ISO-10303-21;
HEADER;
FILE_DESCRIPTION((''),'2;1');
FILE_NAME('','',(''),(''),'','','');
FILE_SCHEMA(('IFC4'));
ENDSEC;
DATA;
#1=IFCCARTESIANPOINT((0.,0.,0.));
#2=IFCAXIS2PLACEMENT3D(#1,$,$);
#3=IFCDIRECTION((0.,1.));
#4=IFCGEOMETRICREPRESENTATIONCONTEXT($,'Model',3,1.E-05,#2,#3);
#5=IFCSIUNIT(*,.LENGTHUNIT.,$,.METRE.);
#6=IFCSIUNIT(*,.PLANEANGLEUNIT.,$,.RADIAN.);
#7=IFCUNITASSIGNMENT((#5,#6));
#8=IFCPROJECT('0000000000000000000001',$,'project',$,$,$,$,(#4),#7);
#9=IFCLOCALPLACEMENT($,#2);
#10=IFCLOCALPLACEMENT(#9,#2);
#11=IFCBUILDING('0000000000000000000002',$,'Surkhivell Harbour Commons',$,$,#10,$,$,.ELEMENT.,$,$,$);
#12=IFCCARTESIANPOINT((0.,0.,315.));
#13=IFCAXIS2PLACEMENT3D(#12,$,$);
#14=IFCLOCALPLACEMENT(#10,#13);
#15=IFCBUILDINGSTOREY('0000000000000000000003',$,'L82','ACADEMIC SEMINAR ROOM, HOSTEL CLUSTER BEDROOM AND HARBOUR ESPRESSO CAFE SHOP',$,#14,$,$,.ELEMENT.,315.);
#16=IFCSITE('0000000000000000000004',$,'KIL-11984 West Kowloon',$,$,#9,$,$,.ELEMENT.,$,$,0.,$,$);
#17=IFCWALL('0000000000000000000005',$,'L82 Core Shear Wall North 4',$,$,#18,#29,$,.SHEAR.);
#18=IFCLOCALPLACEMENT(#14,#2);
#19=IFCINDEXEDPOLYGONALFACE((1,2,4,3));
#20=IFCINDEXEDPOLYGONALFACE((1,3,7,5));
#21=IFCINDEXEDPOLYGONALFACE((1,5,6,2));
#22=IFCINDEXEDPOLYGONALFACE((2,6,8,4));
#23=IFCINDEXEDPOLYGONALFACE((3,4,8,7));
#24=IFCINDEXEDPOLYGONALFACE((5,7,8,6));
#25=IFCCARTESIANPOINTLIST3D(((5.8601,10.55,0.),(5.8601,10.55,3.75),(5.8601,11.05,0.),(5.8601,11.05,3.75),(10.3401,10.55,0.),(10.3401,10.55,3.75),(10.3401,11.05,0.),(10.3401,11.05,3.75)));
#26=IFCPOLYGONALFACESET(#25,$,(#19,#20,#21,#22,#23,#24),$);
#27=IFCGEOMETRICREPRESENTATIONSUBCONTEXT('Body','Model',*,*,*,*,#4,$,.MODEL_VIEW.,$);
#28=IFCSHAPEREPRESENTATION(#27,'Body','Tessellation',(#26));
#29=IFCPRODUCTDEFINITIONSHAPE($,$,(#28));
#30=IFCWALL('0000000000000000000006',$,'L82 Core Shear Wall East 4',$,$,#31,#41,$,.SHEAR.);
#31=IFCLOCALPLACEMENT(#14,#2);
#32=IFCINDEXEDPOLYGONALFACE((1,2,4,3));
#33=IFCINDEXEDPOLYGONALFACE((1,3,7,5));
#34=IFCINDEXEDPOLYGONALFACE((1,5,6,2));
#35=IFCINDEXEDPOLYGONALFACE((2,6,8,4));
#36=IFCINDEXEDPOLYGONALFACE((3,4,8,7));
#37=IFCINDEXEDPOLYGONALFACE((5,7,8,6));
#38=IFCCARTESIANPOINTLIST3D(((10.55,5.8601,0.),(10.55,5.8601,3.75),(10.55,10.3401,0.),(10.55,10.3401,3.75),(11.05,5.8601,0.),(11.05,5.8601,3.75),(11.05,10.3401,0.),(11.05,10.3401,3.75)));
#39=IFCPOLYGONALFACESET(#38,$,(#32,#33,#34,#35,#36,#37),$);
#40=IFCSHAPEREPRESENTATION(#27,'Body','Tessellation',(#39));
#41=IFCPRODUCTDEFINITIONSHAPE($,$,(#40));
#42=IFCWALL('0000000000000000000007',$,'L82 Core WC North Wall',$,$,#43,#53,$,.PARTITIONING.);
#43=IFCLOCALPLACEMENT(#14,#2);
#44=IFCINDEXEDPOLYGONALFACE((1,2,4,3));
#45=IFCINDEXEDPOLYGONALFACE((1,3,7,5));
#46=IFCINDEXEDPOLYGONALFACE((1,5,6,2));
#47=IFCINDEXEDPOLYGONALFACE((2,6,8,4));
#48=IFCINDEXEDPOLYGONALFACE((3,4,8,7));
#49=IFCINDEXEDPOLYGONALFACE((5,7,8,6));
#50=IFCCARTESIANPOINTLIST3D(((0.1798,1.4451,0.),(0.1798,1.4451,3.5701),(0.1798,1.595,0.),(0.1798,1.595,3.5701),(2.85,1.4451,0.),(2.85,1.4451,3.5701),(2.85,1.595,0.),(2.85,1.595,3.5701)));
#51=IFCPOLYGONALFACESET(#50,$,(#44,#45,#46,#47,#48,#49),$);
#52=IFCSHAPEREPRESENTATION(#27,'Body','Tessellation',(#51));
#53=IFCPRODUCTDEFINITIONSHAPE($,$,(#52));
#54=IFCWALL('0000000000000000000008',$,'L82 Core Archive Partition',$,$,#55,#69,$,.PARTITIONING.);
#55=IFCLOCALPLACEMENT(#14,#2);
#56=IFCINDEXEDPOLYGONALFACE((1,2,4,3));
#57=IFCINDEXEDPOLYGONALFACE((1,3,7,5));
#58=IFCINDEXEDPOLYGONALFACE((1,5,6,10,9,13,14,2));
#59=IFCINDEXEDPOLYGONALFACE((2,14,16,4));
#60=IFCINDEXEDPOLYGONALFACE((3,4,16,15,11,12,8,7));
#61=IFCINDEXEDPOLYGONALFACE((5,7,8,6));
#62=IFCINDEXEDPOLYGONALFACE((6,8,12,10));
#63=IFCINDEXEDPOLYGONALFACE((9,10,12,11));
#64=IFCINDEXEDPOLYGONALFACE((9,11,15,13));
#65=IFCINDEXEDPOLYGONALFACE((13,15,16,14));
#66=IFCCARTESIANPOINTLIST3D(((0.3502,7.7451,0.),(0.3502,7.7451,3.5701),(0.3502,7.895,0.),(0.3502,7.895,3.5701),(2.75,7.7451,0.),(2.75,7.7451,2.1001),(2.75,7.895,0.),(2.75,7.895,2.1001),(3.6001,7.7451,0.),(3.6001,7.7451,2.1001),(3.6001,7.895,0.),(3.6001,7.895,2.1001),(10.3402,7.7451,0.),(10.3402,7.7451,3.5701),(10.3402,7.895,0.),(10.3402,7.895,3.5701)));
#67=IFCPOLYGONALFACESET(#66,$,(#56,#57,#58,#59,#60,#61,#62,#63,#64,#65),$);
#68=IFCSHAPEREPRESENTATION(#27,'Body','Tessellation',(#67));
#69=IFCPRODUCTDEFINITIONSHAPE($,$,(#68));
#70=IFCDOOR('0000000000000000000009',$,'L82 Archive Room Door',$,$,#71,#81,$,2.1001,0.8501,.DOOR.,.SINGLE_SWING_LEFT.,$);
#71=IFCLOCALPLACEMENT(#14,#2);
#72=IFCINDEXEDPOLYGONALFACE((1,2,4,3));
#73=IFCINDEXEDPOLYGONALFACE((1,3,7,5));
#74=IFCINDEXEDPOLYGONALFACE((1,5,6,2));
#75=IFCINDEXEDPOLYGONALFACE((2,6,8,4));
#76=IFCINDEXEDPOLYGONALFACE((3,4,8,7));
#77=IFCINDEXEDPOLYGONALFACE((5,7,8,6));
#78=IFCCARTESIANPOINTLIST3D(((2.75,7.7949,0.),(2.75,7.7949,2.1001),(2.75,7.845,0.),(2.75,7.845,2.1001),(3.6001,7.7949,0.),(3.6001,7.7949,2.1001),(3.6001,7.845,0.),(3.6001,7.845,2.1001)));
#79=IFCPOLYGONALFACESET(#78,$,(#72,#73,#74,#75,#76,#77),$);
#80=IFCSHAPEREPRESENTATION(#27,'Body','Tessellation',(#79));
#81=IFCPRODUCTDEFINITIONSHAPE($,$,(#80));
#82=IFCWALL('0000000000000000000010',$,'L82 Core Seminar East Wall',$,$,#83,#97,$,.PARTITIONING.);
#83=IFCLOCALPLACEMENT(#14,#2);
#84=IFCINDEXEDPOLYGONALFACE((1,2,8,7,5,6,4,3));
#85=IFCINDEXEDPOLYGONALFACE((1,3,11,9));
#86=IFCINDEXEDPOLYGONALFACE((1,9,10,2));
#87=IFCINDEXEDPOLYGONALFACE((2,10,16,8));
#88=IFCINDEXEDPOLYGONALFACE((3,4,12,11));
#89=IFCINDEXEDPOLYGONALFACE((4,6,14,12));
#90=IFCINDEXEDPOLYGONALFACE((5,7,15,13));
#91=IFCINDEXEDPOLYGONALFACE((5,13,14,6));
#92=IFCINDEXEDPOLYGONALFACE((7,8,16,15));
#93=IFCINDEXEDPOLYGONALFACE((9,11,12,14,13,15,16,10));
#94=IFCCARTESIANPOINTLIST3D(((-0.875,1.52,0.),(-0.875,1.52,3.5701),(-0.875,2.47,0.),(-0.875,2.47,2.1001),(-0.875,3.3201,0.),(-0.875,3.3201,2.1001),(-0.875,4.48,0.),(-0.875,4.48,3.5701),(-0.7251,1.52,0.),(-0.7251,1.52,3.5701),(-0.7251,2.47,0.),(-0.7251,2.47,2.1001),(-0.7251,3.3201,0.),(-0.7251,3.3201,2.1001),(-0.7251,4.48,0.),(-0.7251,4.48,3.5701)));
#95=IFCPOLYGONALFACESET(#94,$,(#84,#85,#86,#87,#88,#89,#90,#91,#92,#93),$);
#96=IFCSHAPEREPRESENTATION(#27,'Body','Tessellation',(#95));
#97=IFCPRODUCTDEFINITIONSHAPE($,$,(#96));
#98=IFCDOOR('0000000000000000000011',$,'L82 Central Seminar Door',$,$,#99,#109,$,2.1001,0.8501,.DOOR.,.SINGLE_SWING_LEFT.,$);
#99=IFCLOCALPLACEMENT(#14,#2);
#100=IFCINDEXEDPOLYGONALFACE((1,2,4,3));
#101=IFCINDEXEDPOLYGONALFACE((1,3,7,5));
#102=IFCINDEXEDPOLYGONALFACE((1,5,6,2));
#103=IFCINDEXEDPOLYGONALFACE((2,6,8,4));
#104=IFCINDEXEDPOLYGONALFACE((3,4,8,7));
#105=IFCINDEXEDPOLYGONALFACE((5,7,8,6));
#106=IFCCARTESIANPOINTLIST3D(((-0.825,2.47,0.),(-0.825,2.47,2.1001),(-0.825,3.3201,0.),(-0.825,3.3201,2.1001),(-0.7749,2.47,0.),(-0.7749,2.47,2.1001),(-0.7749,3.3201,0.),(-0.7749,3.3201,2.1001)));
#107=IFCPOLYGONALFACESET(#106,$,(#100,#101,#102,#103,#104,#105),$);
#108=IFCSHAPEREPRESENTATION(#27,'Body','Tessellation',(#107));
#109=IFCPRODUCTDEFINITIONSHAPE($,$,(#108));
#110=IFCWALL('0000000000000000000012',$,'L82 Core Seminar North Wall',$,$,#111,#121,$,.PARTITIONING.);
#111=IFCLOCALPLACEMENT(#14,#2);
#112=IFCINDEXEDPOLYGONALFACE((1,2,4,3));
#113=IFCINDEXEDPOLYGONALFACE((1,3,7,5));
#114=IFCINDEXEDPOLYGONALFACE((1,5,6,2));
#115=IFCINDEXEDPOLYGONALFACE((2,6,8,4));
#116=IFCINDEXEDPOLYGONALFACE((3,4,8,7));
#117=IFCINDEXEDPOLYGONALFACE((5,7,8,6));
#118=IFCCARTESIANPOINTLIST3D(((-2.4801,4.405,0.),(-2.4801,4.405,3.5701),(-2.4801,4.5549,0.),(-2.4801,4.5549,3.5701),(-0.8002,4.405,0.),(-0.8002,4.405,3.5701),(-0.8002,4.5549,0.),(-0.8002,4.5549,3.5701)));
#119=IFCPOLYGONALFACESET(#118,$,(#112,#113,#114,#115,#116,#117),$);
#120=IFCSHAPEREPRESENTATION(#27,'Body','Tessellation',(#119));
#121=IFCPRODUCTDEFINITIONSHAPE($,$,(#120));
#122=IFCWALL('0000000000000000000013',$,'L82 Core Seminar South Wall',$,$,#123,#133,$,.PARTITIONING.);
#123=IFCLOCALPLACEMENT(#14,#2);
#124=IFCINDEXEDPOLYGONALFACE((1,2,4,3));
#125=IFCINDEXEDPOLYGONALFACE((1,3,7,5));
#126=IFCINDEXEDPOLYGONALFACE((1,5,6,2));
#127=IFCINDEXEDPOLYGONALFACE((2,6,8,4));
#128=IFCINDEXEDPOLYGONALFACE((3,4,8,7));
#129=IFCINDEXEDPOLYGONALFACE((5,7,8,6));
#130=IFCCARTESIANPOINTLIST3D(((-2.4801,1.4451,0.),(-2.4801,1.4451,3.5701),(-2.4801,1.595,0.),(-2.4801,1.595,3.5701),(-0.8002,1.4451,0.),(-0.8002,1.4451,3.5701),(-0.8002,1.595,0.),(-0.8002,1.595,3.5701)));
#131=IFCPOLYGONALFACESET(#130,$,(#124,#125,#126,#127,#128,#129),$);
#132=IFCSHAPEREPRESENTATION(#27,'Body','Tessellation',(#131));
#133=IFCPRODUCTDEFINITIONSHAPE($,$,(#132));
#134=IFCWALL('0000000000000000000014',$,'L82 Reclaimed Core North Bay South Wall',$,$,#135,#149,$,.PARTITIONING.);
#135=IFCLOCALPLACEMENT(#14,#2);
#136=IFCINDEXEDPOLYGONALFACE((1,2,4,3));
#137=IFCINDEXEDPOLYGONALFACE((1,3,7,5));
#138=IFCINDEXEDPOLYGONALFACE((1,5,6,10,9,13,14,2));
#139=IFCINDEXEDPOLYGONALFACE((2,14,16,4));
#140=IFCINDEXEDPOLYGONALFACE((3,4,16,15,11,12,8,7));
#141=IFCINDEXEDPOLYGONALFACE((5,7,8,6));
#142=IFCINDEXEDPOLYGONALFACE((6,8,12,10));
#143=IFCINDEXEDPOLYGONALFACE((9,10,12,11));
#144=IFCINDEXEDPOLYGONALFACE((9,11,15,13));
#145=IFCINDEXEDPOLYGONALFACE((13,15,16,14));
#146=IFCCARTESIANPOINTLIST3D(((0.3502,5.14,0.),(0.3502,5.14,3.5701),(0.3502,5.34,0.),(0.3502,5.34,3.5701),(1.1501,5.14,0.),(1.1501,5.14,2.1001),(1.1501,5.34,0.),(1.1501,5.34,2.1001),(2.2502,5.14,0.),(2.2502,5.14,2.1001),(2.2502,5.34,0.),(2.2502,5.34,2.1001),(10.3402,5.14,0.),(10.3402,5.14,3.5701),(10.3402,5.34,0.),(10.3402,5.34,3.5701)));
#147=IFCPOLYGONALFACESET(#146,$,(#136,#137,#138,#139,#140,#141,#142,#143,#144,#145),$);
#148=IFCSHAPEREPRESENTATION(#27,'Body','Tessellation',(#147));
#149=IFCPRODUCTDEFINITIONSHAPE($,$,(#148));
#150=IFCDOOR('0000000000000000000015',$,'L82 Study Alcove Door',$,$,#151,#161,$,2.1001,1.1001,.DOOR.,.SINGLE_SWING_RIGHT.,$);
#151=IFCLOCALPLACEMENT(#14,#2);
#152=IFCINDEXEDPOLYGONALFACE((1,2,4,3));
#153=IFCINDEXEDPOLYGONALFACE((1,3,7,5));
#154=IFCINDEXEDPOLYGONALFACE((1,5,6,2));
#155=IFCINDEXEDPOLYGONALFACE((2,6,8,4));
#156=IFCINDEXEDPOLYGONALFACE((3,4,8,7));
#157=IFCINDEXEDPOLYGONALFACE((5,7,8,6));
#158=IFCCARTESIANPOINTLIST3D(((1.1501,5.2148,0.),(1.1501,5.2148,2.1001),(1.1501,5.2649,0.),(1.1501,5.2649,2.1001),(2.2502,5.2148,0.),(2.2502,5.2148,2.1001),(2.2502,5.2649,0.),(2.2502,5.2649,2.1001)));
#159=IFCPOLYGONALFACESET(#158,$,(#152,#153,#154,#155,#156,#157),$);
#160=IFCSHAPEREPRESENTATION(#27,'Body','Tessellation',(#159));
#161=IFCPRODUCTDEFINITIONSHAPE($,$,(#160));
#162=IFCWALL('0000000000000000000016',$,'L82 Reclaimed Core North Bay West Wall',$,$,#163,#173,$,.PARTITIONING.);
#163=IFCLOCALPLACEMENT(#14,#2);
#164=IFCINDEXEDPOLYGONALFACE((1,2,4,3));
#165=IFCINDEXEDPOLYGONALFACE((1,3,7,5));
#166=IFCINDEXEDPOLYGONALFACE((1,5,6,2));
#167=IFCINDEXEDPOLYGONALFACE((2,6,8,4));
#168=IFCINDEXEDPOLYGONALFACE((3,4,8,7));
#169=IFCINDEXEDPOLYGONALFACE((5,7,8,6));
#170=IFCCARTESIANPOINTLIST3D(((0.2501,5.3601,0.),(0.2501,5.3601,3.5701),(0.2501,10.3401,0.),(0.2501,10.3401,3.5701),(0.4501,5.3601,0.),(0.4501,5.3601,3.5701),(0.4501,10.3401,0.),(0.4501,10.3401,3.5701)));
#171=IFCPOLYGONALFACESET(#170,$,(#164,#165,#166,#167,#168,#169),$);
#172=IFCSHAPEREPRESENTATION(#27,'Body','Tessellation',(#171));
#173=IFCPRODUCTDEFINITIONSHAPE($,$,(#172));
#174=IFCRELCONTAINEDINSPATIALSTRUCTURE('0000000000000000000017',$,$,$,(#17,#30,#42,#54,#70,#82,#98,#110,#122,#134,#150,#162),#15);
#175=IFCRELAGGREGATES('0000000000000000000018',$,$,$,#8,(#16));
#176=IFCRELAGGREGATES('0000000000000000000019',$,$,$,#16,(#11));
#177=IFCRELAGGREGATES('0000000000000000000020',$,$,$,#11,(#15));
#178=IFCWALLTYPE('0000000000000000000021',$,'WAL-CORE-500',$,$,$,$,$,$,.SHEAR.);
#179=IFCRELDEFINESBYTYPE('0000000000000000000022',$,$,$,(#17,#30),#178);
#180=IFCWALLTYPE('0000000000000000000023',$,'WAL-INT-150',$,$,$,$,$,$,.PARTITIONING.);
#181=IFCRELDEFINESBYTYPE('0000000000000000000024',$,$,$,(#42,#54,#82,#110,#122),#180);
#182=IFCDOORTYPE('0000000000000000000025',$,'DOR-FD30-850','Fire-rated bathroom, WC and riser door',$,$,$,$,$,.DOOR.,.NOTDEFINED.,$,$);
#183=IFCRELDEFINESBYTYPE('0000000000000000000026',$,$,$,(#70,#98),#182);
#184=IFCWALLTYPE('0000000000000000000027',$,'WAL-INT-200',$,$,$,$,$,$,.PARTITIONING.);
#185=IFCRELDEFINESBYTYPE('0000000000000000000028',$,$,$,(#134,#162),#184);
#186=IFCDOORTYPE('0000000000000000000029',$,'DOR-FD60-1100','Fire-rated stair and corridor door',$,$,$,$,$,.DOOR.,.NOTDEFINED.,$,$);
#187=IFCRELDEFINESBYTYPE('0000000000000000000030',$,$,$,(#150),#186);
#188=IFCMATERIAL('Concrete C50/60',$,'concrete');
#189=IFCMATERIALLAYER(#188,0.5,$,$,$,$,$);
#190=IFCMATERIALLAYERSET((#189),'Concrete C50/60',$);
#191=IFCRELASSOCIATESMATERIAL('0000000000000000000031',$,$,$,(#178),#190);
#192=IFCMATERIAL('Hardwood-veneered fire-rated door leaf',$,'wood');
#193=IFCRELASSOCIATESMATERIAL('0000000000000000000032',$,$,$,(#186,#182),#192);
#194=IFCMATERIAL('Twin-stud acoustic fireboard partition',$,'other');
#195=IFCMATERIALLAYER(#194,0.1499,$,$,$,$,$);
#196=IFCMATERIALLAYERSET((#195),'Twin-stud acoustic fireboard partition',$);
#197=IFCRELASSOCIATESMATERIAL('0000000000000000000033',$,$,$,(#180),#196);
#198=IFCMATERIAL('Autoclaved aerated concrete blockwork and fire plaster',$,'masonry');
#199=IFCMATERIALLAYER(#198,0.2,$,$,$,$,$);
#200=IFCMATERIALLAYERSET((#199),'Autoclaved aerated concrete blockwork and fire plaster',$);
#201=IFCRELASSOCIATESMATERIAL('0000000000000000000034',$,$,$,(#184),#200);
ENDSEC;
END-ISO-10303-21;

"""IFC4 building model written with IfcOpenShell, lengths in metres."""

from ifc_helpers import new_model, si_unit, direction, frame, frame_2d, origin, place, context, subcontext, project, spatial, rectangle, extrude, material, layer, layer_set, type_object, element, fill, save


model = new_model("IFC4")

# Units and contexts
model_context = context("Model", 3, precision=1e-05, world=origin(), true_north=direction((0.0, 1.0)))
body_context = subcontext(model_context, "Body", "Model", "MODEL_VIEW")
ifc_project = project(units=[si_unit("LENGTHUNIT", "METRE"), si_unit("PLANEANGLEUNIT", "RADIAN")], contexts=[model_context])

# Site, building, storey
site_placement = place(None, origin())
site = spatial("IfcSite", under=ifc_project, at=site_placement, Name="KIL-11984 West Kowloon", CompositionType="ELEMENT", RefElevation=0.0)
building_placement = place(site_placement, origin())
building = spatial("IfcBuilding", under=site, at=building_placement, Name="Surkhivell Harbour Commons", CompositionType="ELEMENT")
storey_placement = place(building_placement, frame((0.0, 0.0, 315.0)))
storey = spatial("IfcBuildingStorey", under=building, at=storey_placement, Name="L82", Description="ACADEMIC SEMINAR ROOM, HOSTEL CLUSTER BEDROOM AND HARBOUR ESPRESSO CAFE SHOP", CompositionType="ELEMENT", Elevation=315.0)

# Shared definitions
ifc_material_1 = material(Name="Concrete C50/60", Category="concrete")
ifc_layer_1 = layer(ifc_material_1, 0.5)
ifc_layer_set_1 = layer_set([ifc_layer_1], Name="Concrete C50/60")
wall_type_1 = type_object("IfcWallType", Name="WAL-CORE-500", PredefinedType="SHEAR", material=ifc_layer_set_1)
ifc_material_2 = material(Name="Hardwood-veneered fire-rated door leaf", Category="wood")
door_type_1 = type_object("IfcDoorType", Name="DOR-FD60-1100", Description="Fire-rated stair and corridor door", OperationType="NOTDEFINED", PredefinedType="DOOR", material=ifc_material_2)

# Walls
for number, where, z_axis, x_axis, name in (
    (1, (5.8601, 10.8, 0.0), (0.0, 0.0, 1.0), (1.0, 0.0, 0.0), "L82 Core Shear Wall North 4"),
    (2, (10.8, 5.8601, 0.0), (0.0, 0.0, 1.0), (0.0, 1.0, 0.0), "L82 Core Shear Wall East 4"),
):
    element("IfcWall", number, at=place(storey_placement, frame(where, z_axis=z_axis, x_axis=x_axis)), inside=storey, type_object=wall_type_1, Name=name, PredefinedType="SHEAR", context=body_context, shape_type="SweptSolid", body=[
        extrude(rectangle(XDim=4.48, YDim=0.5, at=frame_2d((2.24, 0.0))), origin(), (0.0, 0.0, 1.0), 3.75),
    ])
ifc_material_3 = material(Name="Twin-stud acoustic fireboard partition", Category="other")
ifc_layer_2 = layer(ifc_material_3, 0.1499)
ifc_layer_set_2 = layer_set([ifc_layer_2], Name="Twin-stud acoustic fireboard partition")
wall_type_2 = type_object("IfcWallType", Name="WAL-INT-150", PredefinedType="PARTITIONING", material=ifc_layer_set_2)
wall_1_placement = place(storey_placement, frame((0.1799, 1.52, 0.0), z_axis=(0.0, 0.0, 1.0), x_axis=(1.0, 0.0, 0.0)))
element("IfcWall", 3, at=wall_1_placement, inside=storey, type_object=wall_type_2, Name="L82 Core WC North Wall", PredefinedType="PARTITIONING", context=body_context, shape_type="SweptSolid", body=[
    extrude(rectangle(XDim=2.6702, YDim=0.1499, at=frame_2d((1.335, 0.0))), origin(), (0.0, 0.0, 1.0), 3.5701),
])

# Walls, openings, doors
wall_2_placement = place(storey_placement, frame((0.3501, 7.8201, 0.0), z_axis=(0.0, 0.0, 1.0), x_axis=(1.0, 0.0, 0.0)))
wall_2 = element("IfcWall", 4, at=wall_2_placement, inside=storey, type_object=wall_type_2, Name="L82 Core Archive Partition", PredefinedType="PARTITIONING", context=body_context, shape_type="SweptSolid", body=[
    extrude(rectangle(XDim=9.99, YDim=0.1499, at=frame_2d((4.9951, 0.0))), origin(), (0.0, 0.0, 1.0), 3.5701),
])
opening_1_placement = place(wall_2_placement, frame((2.3999, 0.0, 0.0)))
opening_1 = element("IfcOpeningElement", 5, at=opening_1_placement, cuts=wall_2, PredefinedType="OPENING", context=body_context, shape_type="SweptSolid", body=[
    extrude(rectangle(XDim=0.8501, YDim=2.1001, at=frame_2d((0.425, 1.05))), frame((0.0, 0.085, 0.0), z_axis=(0.0, -1.0, 0.0), x_axis=(1.0, 0.0, 0.0)), (0.0, 0.0, 1.0), 0.1699),
])
door_type_2 = type_object("IfcDoorType", Name="DOR-FD30-850", Description="Fire-rated bathroom, WC and riser door", OperationType="NOTDEFINED", PredefinedType="DOOR", material=ifc_material_2)
door_1_placement = place(opening_1_placement, origin())
door_1 = element("IfcDoor", 6, at=door_1_placement, inside=storey, type_object=door_type_2, Name="L82 Archive Room Door", OperationType="SINGLE_SWING_LEFT", OverallHeight=2.1001, OverallWidth=0.8501, PredefinedType="DOOR", context=body_context, shape_type="SweptSolid", body=[
    extrude(rectangle(XDim=0.8501, YDim=2.1001, at=frame_2d((0.425, 1.05))), frame((0.0, 0.0249, 0.0), z_axis=(0.0, -1.0, 0.0), x_axis=(1.0, 0.0, 0.0)), (0.0, 0.0, 1.0), 0.05),
])
fill(opening_1, door_1)
wall_3_placement = place(storey_placement, frame((-0.8, 1.52, 0.0), z_axis=(0.0, 0.0, 1.0), x_axis=(0.0, 1.0, 0.0)))
wall_3 = element("IfcWall", 7, at=wall_3_placement, inside=storey, type_object=wall_type_2, Name="L82 Core Seminar East Wall", PredefinedType="PARTITIONING", context=body_context, shape_type="SweptSolid", body=[
    extrude(rectangle(XDim=2.96, YDim=0.1499, at=frame_2d((1.48, 0.0))), origin(), (0.0, 0.0, 1.0), 3.5701),
])
opening_2_placement = place(wall_3_placement, frame((0.95, 0.0, 0.0)))
opening_2 = element("IfcOpeningElement", 8, at=opening_2_placement, cuts=wall_3, PredefinedType="OPENING", context=body_context, shape_type="SweptSolid", body=[
    extrude(rectangle(XDim=0.8501, YDim=2.1001, at=frame_2d((0.425, 1.05))), frame((0.0, 0.085, 0.0), z_axis=(0.0, -1.0, 0.0), x_axis=(1.0, 0.0, 0.0)), (0.0, 0.0, 1.0), 0.1699),
])
door_2_placement = place(opening_2_placement, origin())
door_2 = element("IfcDoor", 9, at=door_2_placement, inside=storey, type_object=door_type_2, Name="L82 Central Seminar Door", OperationType="SINGLE_SWING_LEFT", OverallHeight=2.1001, OverallWidth=0.8501, PredefinedType="DOOR", context=body_context, shape_type="SweptSolid", body=[
    extrude(rectangle(XDim=0.8501, YDim=2.1001, at=frame_2d((0.425, 1.05))), frame((0.0, 0.0249, 0.0), z_axis=(0.0, -1.0, 0.0), x_axis=(1.0, 0.0, 0.0)), (0.0, 0.0, 1.0), 0.05),
])
fill(opening_2, door_2)

# Walls
for number, where, z_axis, x_axis, name in (
    (10, (-2.48, 4.48, 0.0), (0.0, 0.0, 1.0), (1.0, 0.0, 0.0), "L82 Core Seminar North Wall"),
    (11, (-2.48, 1.52, 0.0), (0.0, 0.0, 1.0), (1.0, 0.0, 0.0), "L82 Core Seminar South Wall"),
):
    element("IfcWall", number, at=place(storey_placement, frame(where, z_axis=z_axis, x_axis=x_axis)), inside=storey, type_object=wall_type_2, Name=name, PredefinedType="PARTITIONING", context=body_context, shape_type="SweptSolid", body=[
        extrude(rectangle(XDim=1.6799, YDim=0.1499, at=frame_2d((0.8398, 0.0))), origin(), (0.0, 0.0, 1.0), 3.5701),
    ])

# Wall, opening, door
ifc_material_4 = material(Name="Autoclaved aerated concrete blockwork and fire plaster", Category="masonry")
ifc_layer_3 = layer(ifc_material_4, 0.2)
ifc_layer_set_3 = layer_set([ifc_layer_3], Name="Autoclaved aerated concrete blockwork and fire plaster")
wall_type_3 = type_object("IfcWallType", Name="WAL-INT-200", PredefinedType="PARTITIONING", material=ifc_layer_set_3)
wall_4_placement = place(storey_placement, frame((0.3501, 5.24, 0.0), z_axis=(0.0, 0.0, 1.0), x_axis=(1.0, 0.0, 0.0)))
wall_4 = element("IfcWall", 12, at=wall_4_placement, inside=storey, type_object=wall_type_3, Name="L82 Reclaimed Core North Bay South Wall", PredefinedType="PARTITIONING", context=body_context, shape_type="SweptSolid", body=[
    extrude(rectangle(XDim=9.99, YDim=0.2, at=frame_2d((4.9951, 0.0))), origin(), (0.0, 0.0, 1.0), 3.5701),
])
opening_3_placement = place(wall_4_placement, frame((0.8, 0.0, 0.0)))
opening_3 = element("IfcOpeningElement", 13, at=opening_3_placement, cuts=wall_4, PredefinedType="OPENING", context=body_context, shape_type="SweptSolid", body=[
    extrude(rectangle(XDim=1.1001, YDim=2.1001, at=frame_2d((0.55, 1.05))), frame((0.0, 0.1099, 0.0), z_axis=(0.0, -1.0, 0.0), x_axis=(1.0, 0.0, 0.0)), (0.0, 0.0, 1.0), 0.22),
])
door_3_placement = place(opening_3_placement, origin())
door_3 = element("IfcDoor", 14, at=door_3_placement, inside=storey, type_object=door_type_1, Name="L82 Study Alcove Door", OperationType="SINGLE_SWING_RIGHT", OverallHeight=2.1001, OverallWidth=1.1001, PredefinedType="DOOR", context=body_context, shape_type="SweptSolid", body=[
    extrude(rectangle(XDim=1.1001, YDim=2.1001, at=frame_2d((0.55, 1.05))), frame((0.0, 0.0249, 0.0), z_axis=(0.0, -1.0, 0.0), x_axis=(1.0, 0.0, 0.0)), (0.0, 0.0, 1.0), 0.05),
])
fill(opening_3, door_3)

# Wall
wall_5_placement = place(storey_placement, frame((0.3501, 5.3601, 0.0), z_axis=(0.0, 0.0, 1.0), x_axis=(0.0, 1.0, 0.0)))
element("IfcWall", 15, at=wall_5_placement, inside=storey, type_object=wall_type_3, Name="L82 Reclaimed Core North Bay West Wall", PredefinedType="PARTITIONING", context=body_context, shape_type="SweptSolid", body=[
    extrude(rectangle(XDim=4.98, YDim=0.2, at=frame_2d((2.49, 0.0))), origin(), (0.0, 0.0, 1.0), 3.5701),
])

save(model, "model.ifc")
